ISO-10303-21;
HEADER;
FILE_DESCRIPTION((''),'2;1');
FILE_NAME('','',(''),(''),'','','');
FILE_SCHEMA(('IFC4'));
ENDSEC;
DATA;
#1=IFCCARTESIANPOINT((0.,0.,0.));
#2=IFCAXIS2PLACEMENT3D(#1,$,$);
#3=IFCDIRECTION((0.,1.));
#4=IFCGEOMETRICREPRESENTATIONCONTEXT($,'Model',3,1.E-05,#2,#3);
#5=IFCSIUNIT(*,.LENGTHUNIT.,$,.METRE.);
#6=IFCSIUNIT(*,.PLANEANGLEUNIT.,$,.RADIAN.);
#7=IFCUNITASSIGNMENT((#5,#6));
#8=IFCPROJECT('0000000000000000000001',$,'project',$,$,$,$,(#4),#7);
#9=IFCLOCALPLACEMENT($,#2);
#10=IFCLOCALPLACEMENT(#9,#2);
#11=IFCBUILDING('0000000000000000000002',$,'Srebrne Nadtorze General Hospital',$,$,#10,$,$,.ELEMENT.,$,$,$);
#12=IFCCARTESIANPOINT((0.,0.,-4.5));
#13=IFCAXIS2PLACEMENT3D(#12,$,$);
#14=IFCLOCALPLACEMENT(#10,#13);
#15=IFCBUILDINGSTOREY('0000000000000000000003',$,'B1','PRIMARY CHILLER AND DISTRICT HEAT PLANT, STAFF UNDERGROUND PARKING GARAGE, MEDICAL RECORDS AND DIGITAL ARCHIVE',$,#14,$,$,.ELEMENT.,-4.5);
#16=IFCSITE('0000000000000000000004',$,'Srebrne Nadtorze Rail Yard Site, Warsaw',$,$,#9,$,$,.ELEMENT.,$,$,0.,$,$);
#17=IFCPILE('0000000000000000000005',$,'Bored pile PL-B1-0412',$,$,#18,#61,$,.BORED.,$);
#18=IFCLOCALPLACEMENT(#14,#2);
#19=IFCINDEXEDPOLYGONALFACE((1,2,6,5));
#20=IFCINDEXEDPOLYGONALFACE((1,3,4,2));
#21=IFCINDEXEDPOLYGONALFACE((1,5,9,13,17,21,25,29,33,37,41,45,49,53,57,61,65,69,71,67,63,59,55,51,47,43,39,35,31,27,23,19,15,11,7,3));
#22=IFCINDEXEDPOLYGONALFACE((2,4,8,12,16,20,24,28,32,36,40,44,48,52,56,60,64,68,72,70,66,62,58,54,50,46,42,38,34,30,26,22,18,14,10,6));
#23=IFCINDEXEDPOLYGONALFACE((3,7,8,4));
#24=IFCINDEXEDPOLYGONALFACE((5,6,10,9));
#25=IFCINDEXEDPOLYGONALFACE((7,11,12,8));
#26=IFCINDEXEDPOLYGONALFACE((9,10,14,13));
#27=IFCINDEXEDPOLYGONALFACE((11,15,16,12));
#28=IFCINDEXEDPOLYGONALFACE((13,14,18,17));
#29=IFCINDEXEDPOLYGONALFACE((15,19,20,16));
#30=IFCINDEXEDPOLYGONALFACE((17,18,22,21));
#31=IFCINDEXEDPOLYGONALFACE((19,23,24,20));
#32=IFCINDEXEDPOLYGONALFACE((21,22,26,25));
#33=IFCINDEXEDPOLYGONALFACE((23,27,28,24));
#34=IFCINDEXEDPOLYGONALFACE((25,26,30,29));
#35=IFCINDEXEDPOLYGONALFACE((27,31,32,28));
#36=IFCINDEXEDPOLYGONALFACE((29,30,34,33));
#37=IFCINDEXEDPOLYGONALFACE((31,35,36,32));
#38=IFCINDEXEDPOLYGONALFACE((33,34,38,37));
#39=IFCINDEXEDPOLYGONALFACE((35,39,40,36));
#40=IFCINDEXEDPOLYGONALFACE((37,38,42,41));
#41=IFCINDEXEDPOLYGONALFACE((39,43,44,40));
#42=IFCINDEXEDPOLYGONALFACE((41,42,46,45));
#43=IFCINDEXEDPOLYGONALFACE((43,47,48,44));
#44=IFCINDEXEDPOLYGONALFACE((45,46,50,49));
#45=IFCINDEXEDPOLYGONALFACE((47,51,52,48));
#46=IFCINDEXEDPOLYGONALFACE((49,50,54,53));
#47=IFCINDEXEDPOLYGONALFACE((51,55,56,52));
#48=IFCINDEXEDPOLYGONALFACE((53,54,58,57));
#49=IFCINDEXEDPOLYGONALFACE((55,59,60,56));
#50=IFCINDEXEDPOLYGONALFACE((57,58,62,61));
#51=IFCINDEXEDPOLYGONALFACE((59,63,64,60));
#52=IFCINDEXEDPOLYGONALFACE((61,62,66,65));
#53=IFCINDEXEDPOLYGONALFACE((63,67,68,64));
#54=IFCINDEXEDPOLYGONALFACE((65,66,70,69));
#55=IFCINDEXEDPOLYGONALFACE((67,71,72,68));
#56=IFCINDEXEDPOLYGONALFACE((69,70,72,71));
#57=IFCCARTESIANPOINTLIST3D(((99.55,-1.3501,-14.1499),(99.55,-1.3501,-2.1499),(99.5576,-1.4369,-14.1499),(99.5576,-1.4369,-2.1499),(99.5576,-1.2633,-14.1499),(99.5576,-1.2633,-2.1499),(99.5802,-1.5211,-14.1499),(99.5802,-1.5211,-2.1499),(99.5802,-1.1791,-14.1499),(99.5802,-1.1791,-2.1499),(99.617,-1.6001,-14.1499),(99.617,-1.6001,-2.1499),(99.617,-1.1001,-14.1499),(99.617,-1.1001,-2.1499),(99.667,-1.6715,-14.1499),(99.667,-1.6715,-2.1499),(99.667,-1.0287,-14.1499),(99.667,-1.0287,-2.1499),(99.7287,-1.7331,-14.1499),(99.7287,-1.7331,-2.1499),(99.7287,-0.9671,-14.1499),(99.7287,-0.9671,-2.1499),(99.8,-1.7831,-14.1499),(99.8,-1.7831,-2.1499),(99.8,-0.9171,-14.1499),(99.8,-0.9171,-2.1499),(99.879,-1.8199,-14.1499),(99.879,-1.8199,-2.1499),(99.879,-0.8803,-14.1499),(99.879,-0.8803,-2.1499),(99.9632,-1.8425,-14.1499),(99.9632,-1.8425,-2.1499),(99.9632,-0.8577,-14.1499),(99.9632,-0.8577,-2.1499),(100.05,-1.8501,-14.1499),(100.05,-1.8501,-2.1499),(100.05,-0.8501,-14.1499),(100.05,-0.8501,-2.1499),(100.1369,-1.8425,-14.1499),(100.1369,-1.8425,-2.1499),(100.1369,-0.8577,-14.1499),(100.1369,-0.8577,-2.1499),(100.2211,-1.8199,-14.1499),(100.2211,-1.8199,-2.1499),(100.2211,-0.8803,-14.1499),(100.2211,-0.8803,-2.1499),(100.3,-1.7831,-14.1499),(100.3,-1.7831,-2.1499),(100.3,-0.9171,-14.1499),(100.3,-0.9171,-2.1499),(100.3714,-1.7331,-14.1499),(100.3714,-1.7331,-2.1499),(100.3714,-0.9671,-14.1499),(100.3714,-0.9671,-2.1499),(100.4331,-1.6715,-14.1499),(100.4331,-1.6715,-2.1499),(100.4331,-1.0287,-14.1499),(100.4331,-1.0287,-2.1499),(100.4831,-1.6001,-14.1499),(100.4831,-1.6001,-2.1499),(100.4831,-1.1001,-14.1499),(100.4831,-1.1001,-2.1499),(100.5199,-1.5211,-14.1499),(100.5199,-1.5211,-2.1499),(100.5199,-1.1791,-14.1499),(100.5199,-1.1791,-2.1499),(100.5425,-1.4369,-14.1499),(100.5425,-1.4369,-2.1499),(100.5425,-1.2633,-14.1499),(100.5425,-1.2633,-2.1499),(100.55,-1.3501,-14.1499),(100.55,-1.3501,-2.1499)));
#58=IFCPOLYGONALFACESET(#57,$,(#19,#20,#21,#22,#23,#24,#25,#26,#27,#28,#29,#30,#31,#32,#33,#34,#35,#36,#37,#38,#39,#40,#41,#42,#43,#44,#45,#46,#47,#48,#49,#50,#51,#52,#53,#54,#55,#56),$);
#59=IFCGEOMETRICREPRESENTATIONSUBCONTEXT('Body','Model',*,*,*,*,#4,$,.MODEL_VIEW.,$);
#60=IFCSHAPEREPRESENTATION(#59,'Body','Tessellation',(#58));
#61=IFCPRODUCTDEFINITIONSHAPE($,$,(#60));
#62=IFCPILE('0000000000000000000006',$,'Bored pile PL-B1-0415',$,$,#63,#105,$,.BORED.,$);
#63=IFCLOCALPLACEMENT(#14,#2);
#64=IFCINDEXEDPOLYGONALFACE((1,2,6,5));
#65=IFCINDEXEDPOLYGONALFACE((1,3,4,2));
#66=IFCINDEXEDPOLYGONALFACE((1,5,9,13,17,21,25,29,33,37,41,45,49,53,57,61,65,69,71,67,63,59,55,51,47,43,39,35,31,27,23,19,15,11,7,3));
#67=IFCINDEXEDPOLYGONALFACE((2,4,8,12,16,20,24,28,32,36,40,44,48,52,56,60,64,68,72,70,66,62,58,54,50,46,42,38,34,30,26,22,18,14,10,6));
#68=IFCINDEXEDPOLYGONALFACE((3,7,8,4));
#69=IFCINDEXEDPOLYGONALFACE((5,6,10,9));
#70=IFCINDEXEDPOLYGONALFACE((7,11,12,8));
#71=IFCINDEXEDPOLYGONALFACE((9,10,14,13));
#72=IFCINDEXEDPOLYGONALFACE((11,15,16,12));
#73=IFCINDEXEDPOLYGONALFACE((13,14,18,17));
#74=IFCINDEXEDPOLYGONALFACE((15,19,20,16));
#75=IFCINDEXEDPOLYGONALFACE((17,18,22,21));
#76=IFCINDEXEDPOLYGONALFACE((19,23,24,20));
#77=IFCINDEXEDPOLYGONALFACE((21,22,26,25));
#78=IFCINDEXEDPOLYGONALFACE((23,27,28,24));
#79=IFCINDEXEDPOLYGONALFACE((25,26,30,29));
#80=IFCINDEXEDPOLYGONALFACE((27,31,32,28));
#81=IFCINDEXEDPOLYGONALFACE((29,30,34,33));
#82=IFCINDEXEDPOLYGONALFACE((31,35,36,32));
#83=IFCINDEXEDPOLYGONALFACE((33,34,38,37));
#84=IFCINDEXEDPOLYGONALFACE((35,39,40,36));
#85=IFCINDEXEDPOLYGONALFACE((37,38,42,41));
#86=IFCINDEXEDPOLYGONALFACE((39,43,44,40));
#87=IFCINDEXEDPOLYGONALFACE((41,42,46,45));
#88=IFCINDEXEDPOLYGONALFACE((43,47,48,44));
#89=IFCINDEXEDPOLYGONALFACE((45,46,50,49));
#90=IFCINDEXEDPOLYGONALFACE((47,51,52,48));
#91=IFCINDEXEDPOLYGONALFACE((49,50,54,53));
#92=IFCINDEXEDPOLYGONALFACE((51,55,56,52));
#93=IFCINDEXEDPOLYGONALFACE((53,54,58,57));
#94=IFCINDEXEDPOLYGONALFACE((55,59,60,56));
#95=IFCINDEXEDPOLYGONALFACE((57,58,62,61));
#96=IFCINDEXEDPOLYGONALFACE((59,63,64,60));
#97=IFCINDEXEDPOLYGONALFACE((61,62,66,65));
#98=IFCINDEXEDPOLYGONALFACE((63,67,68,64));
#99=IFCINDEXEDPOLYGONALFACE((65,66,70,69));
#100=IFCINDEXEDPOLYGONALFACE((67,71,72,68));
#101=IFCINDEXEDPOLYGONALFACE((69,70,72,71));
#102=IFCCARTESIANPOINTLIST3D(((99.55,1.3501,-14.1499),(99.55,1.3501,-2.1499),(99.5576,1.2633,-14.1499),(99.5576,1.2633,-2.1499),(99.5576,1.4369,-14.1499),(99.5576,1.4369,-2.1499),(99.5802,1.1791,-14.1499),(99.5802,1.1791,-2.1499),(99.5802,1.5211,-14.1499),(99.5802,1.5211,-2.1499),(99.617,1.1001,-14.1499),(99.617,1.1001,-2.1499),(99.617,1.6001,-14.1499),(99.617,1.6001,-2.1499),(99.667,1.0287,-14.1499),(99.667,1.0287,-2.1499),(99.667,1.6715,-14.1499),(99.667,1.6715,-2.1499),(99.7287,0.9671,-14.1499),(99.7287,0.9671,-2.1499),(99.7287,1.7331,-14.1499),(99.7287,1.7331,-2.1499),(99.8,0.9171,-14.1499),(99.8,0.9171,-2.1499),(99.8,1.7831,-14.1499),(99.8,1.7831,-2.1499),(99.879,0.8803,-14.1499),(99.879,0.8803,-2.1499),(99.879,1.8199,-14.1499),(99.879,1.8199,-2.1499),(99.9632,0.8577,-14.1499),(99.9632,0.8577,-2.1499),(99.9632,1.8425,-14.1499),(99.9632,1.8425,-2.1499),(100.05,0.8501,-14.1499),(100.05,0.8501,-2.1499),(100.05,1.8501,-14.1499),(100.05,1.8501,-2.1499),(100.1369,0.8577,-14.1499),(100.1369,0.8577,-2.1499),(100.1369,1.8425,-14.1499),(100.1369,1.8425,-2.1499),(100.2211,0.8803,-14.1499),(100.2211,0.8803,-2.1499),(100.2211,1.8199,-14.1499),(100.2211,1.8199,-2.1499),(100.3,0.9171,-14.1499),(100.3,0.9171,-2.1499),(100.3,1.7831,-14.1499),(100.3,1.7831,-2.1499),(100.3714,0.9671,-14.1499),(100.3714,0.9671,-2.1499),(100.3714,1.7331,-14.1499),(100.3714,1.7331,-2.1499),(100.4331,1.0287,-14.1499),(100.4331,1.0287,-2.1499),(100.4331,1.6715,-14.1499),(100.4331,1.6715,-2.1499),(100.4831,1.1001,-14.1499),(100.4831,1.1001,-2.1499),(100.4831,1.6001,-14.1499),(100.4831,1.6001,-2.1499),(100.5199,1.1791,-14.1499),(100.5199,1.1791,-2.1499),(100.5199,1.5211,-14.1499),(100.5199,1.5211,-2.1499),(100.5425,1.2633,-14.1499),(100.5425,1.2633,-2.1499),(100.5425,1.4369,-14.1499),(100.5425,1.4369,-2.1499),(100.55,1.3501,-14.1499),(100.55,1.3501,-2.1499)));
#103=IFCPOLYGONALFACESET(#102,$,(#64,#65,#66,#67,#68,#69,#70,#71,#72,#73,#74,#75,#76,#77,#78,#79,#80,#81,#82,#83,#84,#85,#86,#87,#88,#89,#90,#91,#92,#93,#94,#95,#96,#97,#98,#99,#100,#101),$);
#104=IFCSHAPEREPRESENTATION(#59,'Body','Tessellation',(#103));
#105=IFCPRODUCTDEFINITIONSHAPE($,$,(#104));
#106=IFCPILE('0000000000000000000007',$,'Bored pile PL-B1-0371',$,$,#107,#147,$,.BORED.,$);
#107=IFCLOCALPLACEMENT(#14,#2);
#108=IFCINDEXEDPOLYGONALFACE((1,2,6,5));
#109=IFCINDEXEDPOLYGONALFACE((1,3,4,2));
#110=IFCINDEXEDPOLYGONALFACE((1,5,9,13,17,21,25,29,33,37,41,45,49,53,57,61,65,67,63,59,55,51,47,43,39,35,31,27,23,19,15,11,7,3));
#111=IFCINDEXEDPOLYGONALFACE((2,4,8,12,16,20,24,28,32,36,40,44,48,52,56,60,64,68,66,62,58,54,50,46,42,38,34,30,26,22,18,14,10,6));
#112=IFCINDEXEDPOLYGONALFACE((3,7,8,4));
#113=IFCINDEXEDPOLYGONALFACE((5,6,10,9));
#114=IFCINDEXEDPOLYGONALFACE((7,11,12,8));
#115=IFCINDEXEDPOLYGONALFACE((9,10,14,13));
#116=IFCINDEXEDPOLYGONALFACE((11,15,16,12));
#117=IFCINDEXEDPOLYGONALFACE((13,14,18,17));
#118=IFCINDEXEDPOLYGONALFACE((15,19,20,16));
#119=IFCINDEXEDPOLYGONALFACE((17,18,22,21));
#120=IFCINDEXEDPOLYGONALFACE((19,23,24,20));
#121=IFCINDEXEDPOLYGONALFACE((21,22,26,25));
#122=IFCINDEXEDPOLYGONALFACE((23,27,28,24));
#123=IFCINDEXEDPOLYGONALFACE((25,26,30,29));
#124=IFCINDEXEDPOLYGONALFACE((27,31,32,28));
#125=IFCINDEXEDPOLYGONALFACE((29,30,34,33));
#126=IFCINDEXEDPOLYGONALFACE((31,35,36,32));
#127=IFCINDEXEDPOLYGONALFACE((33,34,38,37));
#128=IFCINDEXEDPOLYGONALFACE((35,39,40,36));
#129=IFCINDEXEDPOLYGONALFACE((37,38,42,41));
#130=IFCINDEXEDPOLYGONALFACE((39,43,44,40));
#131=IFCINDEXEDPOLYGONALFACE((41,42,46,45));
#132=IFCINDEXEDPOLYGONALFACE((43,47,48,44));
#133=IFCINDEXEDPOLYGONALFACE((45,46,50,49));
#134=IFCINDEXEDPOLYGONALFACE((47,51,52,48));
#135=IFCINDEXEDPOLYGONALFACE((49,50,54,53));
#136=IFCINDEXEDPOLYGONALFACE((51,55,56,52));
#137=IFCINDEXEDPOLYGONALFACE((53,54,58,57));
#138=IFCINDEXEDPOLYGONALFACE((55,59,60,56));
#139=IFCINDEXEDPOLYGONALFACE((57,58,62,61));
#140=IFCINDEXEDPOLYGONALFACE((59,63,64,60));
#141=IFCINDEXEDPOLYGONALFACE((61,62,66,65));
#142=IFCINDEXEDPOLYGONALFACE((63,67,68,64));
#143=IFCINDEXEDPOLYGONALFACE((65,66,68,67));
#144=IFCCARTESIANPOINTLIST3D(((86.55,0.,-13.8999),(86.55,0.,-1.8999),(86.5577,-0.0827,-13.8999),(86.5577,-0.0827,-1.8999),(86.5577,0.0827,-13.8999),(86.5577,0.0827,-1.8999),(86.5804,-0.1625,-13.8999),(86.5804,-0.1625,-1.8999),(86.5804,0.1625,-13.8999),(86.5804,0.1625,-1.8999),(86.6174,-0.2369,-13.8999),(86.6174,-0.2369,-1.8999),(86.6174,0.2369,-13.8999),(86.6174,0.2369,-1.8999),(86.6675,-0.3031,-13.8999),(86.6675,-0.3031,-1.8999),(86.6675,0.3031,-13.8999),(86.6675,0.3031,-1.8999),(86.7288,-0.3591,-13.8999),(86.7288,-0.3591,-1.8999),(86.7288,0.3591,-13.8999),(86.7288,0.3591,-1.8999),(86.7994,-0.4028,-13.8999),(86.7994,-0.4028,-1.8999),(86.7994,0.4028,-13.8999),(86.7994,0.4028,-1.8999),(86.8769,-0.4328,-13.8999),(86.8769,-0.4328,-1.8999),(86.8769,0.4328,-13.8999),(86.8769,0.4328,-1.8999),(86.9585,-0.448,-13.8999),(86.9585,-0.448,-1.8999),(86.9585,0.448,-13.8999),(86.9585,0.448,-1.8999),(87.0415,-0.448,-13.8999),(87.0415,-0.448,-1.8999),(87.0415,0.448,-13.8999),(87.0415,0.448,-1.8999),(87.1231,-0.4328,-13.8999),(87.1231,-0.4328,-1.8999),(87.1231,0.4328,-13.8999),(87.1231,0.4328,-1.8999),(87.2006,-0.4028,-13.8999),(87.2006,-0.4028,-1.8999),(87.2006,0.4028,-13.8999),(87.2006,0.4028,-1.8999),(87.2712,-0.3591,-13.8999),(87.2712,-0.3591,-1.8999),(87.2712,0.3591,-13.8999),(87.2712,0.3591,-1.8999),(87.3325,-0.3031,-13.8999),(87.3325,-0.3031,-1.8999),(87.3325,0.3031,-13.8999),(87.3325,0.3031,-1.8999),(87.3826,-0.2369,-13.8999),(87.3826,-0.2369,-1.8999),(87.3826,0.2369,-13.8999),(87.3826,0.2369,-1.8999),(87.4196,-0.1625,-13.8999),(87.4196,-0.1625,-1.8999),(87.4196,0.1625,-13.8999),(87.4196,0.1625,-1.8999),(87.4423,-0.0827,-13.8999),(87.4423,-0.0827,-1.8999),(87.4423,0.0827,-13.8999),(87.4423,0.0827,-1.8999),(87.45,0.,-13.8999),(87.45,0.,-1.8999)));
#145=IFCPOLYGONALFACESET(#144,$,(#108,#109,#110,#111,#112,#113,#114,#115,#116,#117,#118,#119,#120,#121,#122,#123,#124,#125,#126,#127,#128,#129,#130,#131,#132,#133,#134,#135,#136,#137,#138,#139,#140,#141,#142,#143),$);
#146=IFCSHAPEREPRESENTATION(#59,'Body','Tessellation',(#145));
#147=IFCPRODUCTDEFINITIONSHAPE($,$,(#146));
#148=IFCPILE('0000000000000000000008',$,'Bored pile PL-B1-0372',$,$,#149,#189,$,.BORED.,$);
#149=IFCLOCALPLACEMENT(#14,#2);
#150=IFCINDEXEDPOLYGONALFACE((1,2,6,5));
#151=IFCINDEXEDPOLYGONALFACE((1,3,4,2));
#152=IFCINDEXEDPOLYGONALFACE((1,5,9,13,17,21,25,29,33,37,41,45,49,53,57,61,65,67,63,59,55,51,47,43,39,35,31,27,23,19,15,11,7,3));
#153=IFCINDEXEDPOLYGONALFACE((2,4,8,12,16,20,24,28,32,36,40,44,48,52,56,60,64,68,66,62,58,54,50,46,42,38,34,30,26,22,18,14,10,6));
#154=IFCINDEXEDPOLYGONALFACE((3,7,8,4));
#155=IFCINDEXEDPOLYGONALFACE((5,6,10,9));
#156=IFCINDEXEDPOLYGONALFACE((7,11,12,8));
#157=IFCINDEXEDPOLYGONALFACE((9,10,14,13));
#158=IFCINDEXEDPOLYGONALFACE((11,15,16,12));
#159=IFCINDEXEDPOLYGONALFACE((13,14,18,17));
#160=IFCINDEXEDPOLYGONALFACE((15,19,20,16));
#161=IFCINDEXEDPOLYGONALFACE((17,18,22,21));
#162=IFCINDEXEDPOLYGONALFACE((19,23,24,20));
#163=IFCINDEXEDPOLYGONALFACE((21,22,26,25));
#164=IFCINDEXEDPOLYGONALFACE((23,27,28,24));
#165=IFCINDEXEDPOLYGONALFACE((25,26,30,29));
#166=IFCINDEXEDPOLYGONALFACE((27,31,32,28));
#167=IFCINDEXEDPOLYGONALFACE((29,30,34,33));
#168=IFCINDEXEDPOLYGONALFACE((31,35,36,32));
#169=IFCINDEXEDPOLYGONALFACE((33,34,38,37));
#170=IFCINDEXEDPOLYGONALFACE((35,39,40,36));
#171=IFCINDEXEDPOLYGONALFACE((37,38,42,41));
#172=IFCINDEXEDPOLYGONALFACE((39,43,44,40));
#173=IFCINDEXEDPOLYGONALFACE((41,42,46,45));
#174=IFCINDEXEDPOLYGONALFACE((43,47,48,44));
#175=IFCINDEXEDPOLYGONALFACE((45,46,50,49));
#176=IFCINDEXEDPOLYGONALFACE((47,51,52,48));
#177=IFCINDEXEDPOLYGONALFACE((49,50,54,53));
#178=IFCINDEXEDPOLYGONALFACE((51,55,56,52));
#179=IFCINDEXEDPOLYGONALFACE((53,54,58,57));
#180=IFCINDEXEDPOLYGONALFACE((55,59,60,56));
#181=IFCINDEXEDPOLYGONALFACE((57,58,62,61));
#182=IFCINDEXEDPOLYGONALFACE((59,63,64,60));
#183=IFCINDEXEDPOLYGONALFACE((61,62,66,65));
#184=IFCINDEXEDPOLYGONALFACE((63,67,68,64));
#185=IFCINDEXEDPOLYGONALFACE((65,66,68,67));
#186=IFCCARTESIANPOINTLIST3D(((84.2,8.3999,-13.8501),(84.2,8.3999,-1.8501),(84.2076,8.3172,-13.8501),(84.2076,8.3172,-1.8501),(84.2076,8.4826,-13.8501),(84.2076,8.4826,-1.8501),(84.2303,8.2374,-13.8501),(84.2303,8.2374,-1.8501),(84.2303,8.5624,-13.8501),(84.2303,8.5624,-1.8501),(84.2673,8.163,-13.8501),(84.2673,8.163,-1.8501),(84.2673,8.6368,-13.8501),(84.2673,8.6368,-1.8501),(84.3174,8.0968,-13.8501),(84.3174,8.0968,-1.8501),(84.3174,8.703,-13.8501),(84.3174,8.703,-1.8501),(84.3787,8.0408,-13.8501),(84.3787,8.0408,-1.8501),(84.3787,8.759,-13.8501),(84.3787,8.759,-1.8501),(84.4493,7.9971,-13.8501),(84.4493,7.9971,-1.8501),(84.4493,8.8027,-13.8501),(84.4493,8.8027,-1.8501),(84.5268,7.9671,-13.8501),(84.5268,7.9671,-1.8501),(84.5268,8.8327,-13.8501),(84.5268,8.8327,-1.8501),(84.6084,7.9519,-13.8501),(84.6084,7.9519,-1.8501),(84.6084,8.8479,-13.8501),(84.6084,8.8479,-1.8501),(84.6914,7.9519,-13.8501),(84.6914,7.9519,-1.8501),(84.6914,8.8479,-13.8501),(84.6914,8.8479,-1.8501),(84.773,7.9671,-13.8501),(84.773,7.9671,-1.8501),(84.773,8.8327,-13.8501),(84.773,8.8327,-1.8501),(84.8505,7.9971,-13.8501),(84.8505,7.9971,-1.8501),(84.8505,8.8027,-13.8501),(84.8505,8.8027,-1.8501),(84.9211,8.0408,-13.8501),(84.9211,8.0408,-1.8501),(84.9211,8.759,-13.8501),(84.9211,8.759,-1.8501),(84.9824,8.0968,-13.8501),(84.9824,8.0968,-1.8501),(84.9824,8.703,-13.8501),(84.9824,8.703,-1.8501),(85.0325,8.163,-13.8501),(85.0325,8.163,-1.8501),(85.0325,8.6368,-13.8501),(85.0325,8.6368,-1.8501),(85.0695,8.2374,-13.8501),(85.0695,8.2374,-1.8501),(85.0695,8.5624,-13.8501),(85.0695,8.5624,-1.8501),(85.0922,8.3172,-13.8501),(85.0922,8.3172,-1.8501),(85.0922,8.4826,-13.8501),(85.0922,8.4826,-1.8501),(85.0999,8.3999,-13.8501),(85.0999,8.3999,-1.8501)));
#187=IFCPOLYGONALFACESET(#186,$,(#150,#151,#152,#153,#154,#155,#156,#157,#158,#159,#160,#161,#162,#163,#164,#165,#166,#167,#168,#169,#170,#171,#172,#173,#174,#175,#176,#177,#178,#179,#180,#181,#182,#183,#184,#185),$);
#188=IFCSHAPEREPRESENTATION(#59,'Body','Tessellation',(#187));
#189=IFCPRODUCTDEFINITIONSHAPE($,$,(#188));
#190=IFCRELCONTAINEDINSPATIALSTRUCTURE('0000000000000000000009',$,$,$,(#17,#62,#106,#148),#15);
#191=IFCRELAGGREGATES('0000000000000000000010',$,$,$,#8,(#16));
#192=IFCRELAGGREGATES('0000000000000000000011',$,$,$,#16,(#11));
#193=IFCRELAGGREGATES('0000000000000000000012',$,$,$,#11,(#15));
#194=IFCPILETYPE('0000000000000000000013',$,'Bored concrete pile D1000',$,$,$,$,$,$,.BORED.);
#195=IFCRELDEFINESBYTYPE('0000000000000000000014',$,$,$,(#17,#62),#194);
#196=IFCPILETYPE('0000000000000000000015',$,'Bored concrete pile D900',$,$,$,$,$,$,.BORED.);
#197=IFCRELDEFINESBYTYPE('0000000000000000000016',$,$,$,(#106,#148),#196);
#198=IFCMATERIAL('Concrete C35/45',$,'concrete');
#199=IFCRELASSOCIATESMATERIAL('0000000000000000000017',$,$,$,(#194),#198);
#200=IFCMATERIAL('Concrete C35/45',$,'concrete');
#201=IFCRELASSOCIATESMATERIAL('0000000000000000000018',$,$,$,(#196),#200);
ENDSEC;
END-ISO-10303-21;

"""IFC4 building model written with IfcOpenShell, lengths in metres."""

from ifc_helpers import new_model, si_unit, direction, frame, origin, origin_2d, place, context, subcontext, project, spatial, circle, extrude, material, material_profile, profile_set, type_object, element, save


model = new_model("IFC4")

# Units and contexts
model_context = context("Model", 3, precision=1e-05, world=origin(), true_north=direction((0.0, 1.0)))
body_context = subcontext(model_context, "Body", "Model", "MODEL_VIEW")
ifc_project = project(units=[si_unit("LENGTHUNIT", "METRE"), si_unit("PLANEANGLEUNIT", "RADIAN")], contexts=[model_context])

# Site, building, storey
site_placement = place(None, origin())
site = spatial("IfcSite", under=ifc_project, at=site_placement, Name="Srebrne Nadtorze Rail Yard Site, Warsaw", CompositionType="ELEMENT", RefElevation=0.0)
building_placement = place(site_placement, origin())
building = spatial("IfcBuilding", under=site, at=building_placement, Name="Srebrne Nadtorze General Hospital", CompositionType="ELEMENT")
storey_placement = place(building_placement, frame((0.0, 0.0, -4.5)))
storey = spatial("IfcBuildingStorey", under=building, at=storey_placement, Name="B1", Description="PRIMARY CHILLER AND DISTRICT HEAT PLANT, STAFF UNDERGROUND PARKING GARAGE, MEDICAL RECORDS AND DIGITAL ARCHIVE", CompositionType="ELEMENT", Elevation=-4.5)

# Piles
ifc_material_1 = material(Name="Concrete C35/45", Category="concrete")
ifc_material_profile_1 = material_profile(ifc_material_1, circle(Radius=0.5, at=origin_2d()), Name="PILE-D1000")
ifc_profile_set_1 = profile_set([ifc_material_profile_1], Name="Concrete C35/45")
pile_type_1 = type_object("IfcPileType", Name="Bored concrete pile D1000", PredefinedType="BORED", material=ifc_profile_set_1)
for number, where, z_axis, x_axis, name in (
    (1, (100.05, -1.3501, -2.1499), (0.0, 0.0, -1.0), (1.0, 0.0, 0.0), "Bored pile PL-B1-0412"),
    (2, (100.05, 1.3501, -2.1499), (0.0, 0.0, -1.0), (1.0, 0.0, 0.0), "Bored pile PL-B1-0415"),
):
    element("IfcPile", number, at=place(storey_placement, frame(where, z_axis=z_axis, x_axis=x_axis)), inside=storey, type_object=pile_type_1, Name=name, PredefinedType="BORED", context=body_context, shape_type="SweptSolid", body=[
        extrude(circle(Radius=0.5, at=origin_2d()), origin(), (0.0, 0.0, 1.0), 12.0),
    ])
ifc_material_2 = material(Name="Concrete C35/45", Category="concrete")
ifc_material_profile_2 = material_profile(ifc_material_2, circle(Radius=0.45, at=origin_2d()), Name="PILE-D900")
ifc_profile_set_2 = profile_set([ifc_material_profile_2], Name="Concrete C35/45")
pile_type_2 = type_object("IfcPileType", Name="Bored concrete pile D900", PredefinedType="BORED", material=ifc_profile_set_2)
for number, where, z_axis, x_axis, name in (
    (3, (87.0, 0.0, -1.8999), (0.0, 0.0, -1.0), (1.0, 0.0, 0.0), "Bored pile PL-B1-0371"),
    (4, (84.6499, 8.3999, -1.8501), (0.0, 0.0, -1.0), (1.0, 0.0, 0.0), "Bored pile PL-B1-0372"),
):
    element("IfcPile", number, at=place(storey_placement, frame(where, z_axis=z_axis, x_axis=x_axis)), inside=storey, type_object=pile_type_2, Name=name, PredefinedType="BORED", context=body_context, shape_type="SweptSolid", body=[
        extrude(circle(Radius=0.45, at=origin_2d()), origin(), (0.0, 0.0, 1.0), 12.0),
    ])

save(model, "model.ifc")
